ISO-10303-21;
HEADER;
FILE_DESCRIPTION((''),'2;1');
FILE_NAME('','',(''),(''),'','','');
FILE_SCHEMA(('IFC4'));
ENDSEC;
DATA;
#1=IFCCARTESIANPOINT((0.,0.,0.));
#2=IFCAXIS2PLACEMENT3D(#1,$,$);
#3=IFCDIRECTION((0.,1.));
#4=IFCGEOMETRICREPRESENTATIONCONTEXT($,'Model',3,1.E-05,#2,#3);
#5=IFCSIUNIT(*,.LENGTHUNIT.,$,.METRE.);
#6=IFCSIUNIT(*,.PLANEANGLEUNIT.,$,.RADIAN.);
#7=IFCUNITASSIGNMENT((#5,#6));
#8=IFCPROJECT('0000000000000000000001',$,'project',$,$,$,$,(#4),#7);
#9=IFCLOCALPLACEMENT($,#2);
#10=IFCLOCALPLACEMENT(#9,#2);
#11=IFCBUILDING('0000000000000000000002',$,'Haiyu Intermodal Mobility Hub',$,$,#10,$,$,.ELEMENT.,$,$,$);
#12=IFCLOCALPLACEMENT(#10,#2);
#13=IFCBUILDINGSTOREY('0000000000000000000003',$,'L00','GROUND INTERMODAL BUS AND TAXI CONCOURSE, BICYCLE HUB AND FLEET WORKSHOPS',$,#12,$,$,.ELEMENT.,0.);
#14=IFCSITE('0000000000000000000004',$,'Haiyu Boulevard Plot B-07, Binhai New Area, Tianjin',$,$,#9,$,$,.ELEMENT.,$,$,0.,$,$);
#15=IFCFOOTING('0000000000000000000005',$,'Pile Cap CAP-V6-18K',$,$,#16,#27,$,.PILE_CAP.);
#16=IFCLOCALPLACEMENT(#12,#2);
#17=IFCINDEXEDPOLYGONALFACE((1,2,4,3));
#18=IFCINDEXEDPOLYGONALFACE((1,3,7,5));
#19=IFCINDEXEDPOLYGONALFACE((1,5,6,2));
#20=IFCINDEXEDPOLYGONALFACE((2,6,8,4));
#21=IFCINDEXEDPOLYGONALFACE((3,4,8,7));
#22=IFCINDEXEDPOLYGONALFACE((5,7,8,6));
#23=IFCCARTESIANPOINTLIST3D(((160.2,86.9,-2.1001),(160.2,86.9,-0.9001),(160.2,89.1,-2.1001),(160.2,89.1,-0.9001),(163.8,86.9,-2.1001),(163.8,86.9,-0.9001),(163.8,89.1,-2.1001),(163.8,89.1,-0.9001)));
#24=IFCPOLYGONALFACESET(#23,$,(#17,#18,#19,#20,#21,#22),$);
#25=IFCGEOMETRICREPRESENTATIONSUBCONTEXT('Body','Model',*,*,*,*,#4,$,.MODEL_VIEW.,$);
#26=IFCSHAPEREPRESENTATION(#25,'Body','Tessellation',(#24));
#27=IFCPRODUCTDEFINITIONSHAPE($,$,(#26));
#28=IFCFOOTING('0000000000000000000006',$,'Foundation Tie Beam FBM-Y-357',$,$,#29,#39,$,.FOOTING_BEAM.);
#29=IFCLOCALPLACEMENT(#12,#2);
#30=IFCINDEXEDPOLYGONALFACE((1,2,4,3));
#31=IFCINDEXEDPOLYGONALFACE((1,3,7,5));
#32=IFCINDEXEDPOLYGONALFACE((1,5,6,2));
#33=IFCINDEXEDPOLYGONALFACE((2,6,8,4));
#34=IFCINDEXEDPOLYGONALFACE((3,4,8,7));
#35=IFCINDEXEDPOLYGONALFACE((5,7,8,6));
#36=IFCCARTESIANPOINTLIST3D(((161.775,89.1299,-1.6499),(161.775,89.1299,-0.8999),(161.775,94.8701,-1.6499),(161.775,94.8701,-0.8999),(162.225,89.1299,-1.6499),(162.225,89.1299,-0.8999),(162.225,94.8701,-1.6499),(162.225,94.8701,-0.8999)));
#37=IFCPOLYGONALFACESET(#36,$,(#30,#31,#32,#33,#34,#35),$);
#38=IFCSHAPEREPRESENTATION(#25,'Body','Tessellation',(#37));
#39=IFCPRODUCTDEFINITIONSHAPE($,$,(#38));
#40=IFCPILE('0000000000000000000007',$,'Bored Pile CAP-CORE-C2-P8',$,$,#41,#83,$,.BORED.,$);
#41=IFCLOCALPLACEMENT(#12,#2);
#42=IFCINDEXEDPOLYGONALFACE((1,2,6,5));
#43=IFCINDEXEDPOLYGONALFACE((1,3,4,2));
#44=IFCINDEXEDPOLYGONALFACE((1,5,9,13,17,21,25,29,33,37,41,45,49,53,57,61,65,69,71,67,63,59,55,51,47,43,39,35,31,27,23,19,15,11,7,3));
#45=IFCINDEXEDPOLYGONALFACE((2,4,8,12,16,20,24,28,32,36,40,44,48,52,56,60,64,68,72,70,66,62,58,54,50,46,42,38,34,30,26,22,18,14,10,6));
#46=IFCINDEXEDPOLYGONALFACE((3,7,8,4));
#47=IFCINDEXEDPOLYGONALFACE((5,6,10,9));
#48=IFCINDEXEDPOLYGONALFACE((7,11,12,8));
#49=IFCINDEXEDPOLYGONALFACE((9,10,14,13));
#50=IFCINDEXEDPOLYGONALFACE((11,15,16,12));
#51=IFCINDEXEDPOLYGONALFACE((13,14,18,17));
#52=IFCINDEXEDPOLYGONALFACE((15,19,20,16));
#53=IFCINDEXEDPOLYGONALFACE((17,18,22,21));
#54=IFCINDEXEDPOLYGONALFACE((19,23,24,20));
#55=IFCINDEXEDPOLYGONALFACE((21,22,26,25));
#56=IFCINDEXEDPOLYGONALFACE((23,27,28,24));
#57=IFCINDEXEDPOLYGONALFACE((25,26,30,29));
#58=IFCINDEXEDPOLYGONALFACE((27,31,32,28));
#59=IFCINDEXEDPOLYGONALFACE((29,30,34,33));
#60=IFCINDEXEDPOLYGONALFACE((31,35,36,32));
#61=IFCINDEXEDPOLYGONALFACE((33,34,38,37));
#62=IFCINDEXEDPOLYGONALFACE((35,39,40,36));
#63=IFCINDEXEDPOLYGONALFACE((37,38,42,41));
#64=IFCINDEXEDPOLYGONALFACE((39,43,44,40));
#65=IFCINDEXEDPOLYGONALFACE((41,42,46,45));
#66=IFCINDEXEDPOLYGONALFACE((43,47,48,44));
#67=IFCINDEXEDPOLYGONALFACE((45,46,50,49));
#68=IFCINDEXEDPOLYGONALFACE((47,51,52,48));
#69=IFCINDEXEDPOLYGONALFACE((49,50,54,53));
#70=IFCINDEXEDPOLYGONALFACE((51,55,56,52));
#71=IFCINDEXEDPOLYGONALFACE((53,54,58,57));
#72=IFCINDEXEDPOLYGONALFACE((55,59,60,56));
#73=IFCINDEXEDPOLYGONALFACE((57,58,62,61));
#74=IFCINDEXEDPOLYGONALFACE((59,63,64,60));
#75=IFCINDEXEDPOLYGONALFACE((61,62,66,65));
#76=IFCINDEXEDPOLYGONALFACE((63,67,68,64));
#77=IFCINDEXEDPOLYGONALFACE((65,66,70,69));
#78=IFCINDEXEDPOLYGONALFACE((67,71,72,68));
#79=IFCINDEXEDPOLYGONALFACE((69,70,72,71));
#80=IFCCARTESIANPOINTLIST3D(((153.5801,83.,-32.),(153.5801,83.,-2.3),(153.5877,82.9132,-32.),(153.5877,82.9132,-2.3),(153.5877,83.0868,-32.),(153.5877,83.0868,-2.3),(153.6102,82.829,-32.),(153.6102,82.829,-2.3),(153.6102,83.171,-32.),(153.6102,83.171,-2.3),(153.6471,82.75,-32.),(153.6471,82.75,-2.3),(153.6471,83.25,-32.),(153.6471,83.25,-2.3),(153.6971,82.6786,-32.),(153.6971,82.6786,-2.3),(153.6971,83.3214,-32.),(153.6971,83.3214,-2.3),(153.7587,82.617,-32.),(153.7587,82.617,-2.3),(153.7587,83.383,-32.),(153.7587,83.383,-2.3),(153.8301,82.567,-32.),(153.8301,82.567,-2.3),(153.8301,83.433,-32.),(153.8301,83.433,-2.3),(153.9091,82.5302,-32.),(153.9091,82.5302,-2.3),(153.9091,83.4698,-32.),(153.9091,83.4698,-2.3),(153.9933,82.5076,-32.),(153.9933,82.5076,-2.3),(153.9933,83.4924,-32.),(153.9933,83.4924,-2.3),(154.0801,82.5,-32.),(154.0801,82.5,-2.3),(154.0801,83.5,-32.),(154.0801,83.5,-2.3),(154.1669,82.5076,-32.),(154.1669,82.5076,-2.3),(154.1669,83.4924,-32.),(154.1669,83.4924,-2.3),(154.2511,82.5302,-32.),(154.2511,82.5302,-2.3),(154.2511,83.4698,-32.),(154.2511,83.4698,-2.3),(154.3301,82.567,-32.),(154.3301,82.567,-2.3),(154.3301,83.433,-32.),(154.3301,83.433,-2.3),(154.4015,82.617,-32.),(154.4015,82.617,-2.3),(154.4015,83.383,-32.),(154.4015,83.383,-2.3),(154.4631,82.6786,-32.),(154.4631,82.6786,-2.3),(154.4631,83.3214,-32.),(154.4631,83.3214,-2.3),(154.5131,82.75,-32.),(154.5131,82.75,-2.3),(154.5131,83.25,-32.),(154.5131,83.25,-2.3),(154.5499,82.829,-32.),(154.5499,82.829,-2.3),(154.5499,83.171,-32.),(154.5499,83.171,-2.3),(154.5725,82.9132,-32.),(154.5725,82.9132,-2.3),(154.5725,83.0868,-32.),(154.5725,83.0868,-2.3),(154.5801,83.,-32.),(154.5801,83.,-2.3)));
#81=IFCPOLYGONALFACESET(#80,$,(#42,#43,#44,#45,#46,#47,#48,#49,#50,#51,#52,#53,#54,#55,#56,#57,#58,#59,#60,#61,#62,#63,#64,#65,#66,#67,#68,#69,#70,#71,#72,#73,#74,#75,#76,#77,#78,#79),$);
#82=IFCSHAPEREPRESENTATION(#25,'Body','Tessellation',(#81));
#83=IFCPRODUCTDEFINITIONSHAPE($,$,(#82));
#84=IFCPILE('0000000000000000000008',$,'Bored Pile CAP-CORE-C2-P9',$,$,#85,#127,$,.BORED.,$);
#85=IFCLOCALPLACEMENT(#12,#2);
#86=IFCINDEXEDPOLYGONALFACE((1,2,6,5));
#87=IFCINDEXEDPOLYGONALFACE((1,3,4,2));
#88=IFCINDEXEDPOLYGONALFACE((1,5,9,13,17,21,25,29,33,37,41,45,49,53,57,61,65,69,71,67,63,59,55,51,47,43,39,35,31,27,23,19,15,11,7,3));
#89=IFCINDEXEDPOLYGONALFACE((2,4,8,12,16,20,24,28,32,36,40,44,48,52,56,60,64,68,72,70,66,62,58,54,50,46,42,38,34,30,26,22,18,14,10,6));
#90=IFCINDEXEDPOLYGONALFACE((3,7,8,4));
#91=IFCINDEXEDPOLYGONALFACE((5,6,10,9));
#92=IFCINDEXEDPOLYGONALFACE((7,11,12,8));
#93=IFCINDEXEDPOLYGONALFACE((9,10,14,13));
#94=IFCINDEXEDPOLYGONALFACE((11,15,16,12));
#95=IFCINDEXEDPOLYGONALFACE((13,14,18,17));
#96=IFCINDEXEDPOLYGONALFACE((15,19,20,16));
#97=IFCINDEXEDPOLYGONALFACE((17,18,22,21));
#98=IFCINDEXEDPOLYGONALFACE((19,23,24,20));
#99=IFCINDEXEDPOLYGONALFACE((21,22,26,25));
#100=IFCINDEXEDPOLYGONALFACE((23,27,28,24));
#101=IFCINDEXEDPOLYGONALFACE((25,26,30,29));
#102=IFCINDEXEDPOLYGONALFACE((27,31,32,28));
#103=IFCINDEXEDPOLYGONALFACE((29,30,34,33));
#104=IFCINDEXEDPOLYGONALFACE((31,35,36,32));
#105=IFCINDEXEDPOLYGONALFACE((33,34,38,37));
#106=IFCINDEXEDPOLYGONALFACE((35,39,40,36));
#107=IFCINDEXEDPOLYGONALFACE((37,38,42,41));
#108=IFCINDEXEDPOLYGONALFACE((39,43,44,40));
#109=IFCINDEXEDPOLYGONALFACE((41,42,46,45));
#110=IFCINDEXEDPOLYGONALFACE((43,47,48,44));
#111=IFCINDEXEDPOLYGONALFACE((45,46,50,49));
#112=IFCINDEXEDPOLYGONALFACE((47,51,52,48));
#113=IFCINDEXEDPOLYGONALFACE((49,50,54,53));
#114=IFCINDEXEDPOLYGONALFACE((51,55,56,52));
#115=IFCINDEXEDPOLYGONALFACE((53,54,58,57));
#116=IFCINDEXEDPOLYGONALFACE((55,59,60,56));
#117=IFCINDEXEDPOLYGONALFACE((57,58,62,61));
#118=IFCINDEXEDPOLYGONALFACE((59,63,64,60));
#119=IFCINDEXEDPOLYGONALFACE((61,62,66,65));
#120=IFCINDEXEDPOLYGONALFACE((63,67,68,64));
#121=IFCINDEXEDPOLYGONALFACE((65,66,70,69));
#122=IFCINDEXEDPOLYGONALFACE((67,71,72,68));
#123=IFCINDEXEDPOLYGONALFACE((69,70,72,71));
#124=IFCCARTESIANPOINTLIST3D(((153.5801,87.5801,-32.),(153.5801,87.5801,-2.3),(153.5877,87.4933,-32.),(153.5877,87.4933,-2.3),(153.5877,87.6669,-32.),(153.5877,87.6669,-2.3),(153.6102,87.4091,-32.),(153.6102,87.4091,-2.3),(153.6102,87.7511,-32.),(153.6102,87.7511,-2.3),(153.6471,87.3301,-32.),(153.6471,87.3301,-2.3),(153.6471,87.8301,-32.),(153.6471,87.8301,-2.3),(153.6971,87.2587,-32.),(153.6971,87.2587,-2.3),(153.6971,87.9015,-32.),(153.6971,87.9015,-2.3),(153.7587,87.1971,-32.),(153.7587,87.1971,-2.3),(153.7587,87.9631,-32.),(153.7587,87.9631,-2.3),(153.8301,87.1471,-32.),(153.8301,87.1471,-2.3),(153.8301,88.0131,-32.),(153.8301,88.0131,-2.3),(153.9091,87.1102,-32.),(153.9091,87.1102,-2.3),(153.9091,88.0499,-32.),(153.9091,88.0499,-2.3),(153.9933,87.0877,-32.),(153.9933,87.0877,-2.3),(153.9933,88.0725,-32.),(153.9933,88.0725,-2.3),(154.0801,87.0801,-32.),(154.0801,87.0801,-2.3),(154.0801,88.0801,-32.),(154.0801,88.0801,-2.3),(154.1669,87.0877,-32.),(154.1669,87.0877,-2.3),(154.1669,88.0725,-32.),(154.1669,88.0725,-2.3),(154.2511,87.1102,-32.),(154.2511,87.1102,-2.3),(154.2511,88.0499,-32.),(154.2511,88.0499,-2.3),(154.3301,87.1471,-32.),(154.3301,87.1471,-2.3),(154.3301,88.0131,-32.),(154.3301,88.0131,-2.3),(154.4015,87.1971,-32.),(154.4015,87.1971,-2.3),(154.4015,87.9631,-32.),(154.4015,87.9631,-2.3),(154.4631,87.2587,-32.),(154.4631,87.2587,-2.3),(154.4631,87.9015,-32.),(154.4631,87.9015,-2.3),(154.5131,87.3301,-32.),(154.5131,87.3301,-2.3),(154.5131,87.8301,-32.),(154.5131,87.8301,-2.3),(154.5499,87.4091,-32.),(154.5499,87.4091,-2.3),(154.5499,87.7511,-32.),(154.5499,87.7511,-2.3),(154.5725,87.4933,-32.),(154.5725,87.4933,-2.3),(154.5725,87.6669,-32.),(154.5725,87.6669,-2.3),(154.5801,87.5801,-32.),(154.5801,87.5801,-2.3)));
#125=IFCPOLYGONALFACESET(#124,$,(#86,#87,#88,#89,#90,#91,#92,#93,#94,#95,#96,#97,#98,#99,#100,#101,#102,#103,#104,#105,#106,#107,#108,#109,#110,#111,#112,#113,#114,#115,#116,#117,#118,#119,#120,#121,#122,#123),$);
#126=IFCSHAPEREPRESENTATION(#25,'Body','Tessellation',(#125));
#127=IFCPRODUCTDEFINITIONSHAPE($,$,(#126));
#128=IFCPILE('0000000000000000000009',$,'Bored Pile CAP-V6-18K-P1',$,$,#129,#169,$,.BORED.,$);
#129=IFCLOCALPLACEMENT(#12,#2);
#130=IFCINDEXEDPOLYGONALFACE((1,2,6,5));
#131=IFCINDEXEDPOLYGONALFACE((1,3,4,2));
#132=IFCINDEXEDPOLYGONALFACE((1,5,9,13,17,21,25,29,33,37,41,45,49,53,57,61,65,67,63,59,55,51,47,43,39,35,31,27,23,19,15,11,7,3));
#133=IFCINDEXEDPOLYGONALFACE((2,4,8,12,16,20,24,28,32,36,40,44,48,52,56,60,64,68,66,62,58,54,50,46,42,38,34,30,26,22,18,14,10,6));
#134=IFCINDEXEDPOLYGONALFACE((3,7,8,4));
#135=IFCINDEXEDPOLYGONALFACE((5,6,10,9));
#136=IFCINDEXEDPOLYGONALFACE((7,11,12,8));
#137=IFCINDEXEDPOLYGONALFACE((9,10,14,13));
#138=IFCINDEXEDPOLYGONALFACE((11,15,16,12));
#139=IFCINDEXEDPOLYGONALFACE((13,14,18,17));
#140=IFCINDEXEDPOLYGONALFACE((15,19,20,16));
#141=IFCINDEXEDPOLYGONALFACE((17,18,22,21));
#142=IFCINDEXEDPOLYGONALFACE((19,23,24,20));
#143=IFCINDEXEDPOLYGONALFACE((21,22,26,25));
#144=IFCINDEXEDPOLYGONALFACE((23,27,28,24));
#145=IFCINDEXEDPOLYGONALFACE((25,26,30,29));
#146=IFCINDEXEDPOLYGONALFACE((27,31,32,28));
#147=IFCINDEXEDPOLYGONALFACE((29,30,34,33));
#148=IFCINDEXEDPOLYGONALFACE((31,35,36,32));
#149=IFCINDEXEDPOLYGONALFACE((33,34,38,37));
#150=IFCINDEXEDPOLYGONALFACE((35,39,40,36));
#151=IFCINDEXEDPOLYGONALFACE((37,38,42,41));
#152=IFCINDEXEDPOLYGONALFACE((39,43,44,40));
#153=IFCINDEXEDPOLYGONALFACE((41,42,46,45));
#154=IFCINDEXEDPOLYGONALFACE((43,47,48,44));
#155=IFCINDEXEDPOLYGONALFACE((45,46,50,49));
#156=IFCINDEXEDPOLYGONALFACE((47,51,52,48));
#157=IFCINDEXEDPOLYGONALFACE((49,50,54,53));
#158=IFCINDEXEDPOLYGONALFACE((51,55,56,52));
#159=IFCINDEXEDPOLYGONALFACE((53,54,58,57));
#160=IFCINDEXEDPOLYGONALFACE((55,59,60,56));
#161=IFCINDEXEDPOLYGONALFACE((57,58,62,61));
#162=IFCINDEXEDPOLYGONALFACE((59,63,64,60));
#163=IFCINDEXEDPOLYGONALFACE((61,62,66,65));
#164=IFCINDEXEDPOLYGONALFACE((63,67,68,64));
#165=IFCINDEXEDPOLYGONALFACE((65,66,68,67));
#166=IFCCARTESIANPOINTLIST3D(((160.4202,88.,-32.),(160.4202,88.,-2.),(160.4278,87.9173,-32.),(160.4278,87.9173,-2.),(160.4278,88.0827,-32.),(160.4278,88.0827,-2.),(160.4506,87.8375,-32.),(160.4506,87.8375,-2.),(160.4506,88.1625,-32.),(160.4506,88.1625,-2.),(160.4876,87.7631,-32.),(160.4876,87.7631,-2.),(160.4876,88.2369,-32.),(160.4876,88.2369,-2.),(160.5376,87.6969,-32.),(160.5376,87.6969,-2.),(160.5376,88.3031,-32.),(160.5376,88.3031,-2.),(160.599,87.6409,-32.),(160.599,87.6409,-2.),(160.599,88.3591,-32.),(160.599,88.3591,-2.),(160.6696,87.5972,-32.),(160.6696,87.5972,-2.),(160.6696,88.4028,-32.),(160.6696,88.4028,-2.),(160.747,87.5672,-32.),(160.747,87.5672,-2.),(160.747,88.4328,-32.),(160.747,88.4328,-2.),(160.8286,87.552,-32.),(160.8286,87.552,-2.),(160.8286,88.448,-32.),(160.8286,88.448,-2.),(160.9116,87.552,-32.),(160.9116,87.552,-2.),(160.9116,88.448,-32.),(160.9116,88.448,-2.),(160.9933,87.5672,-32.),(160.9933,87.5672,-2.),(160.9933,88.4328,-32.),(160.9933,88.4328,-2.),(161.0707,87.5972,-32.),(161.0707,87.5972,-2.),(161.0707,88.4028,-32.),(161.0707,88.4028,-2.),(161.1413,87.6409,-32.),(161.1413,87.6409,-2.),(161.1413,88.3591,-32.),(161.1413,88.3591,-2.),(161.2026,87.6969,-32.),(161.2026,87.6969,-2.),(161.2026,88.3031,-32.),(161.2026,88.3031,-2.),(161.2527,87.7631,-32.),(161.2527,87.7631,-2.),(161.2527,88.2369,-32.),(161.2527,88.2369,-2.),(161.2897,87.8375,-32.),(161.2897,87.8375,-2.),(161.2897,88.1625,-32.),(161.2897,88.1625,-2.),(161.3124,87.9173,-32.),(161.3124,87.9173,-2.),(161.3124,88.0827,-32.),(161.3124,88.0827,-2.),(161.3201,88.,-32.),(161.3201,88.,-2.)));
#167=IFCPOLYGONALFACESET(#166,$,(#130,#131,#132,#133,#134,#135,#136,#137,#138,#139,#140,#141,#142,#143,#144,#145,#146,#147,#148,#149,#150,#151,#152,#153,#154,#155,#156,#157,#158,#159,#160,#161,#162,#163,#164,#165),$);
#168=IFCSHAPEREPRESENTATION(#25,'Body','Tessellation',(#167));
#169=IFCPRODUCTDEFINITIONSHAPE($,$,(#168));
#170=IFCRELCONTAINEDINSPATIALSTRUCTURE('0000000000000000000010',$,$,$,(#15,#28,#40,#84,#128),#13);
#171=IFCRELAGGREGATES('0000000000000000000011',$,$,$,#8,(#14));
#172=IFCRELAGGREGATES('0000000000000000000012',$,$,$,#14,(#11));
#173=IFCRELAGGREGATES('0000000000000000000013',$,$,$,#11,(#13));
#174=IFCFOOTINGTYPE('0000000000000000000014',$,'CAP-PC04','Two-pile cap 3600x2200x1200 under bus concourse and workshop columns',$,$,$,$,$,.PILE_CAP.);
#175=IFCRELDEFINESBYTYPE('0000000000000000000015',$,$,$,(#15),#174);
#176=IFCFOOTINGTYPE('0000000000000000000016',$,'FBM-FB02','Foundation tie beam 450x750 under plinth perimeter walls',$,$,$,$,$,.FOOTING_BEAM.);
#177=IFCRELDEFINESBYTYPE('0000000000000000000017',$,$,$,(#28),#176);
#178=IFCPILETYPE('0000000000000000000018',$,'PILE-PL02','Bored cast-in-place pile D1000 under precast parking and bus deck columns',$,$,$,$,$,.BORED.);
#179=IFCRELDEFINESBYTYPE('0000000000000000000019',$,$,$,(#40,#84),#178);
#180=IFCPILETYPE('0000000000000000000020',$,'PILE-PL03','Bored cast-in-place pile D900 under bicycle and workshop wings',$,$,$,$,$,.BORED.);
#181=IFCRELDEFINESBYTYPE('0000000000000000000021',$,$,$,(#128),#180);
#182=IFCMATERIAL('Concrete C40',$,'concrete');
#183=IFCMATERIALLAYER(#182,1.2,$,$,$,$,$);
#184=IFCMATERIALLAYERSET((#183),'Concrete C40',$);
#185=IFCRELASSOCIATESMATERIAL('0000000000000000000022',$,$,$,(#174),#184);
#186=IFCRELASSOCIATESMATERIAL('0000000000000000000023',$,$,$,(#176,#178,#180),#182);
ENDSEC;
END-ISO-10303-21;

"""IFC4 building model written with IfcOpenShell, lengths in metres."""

from ifc_helpers import new_model, si_unit, direction, frame, origin, origin_2d, place, context, subcontext, project, spatial, rectangle, circle, extrude, material, layer, layer_set, material_profile, profile_set, type_object, element, save


model = new_model("IFC4")

# Units and contexts
model_context = context("Model", 3, precision=1e-05, world=origin(), true_north=direction((0.0, 1.0)))
body_context = subcontext(model_context, "Body", "Model", "MODEL_VIEW")
ifc_project = project(units=[si_unit("LENGTHUNIT", "METRE"), si_unit("PLANEANGLEUNIT", "RADIAN")], contexts=[model_context])

# Site, building, storey
site_placement = place(None, origin())
site = spatial("IfcSite", under=ifc_project, at=site_placement, Name="Haiyu Boulevard Plot B-07, Binhai New Area, Tianjin", CompositionType="ELEMENT", RefElevation=0.0)
building_placement = place(site_placement, origin())
building = spatial("IfcBuilding", under=site, at=building_placement, Name="Haiyu Intermodal Mobility Hub", CompositionType="ELEMENT")
storey_placement = place(building_placement, origin())
storey = spatial("IfcBuildingStorey", under=building, at=storey_placement, Name="L00", Description="GROUND INTERMODAL BUS AND TAXI CONCOURSE, BICYCLE HUB AND FLEET WORKSHOPS", CompositionType="ELEMENT", Elevation=0.0)

# Footings
ifc_material_1 = material(Name="Concrete C40", Category="concrete")
ifc_layer_1 = layer(ifc_material_1, 1.2)
ifc_layer_set_1 = layer_set([ifc_layer_1], Name="Concrete C40")
footing_type_1 = type_object("IfcFootingType", Name="CAP-PC04", Description="Two-pile cap 3600x2200x1200 under bus concourse and workshop columns", PredefinedType="PILE_CAP", material=ifc_layer_set_1)
footing_1_placement = place(storey_placement, frame((162.0, 88.0, -2.1001), z_axis=(0.0, 0.0, 1.0), x_axis=(1.0, 0.0, 0.0)))
element("IfcFooting", 1, at=footing_1_placement, inside=storey, type_object=footing_type_1, Name="Pile Cap CAP-V6-18K", PredefinedType="PILE_CAP", context=body_context, shape_type="SweptSolid", body=[
    extrude(rectangle(XDim=3.6001, YDim=2.2, at=origin_2d()), origin(), (0.0, 0.0, 1.0), 1.2),
])
ifc_material_profile_1 = material_profile(ifc_material_1, rectangle(XDim=0.45, YDim=0.75, at=origin_2d()), Name="FB450x750")
ifc_profile_set_1 = profile_set([ifc_material_profile_1], Name="Concrete C40")
footing_type_2 = type_object("IfcFootingType", Name="FBM-FB02", Description="Foundation tie beam 450x750 under plinth perimeter walls", PredefinedType="FOOTING_BEAM", material=ifc_profile_set_1)
footing_2_placement = place(storey_placement, frame((162.0, 89.1299, -1.2749), z_axis=(0.0, 1.0, 0.0), x_axis=(-1.0, 0.0, 0.0)))
element("IfcFooting", 2, at=footing_2_placement, inside=storey, type_object=footing_type_2, Name="Foundation Tie Beam FBM-Y-357", PredefinedType="FOOTING_BEAM", context=body_context, shape_type="SweptSolid", body=[
    extrude(rectangle(XDim=0.45, YDim=0.75, at=origin_2d()), origin(), (0.0, 0.0, 1.0), 5.7402),
])

# Piles
ifc_material_profile_2 = material_profile(ifc_material_1, circle(Radius=0.5, at=origin_2d()), Name="PILE-D1000")
ifc_profile_set_2 = profile_set([ifc_material_profile_2], Name="Concrete C40")
pile_type_1 = type_object("IfcPileType", Name="PILE-PL02", Description="Bored cast-in-place pile D1000 under precast parking and bus deck columns", PredefinedType="BORED", material=ifc_profile_set_2)
for number, where, z_axis, x_axis, name in (
    (3, (154.0801, 83.0, -2.3), (0.0, 0.0, -1.0), (1.0, 0.0, 0.0), "Bored Pile CAP-CORE-C2-P8"),
    (4, (154.0801, 87.5801, -2.3), (0.0, 0.0, -1.0), (1.0, 0.0, 0.0), "Bored Pile CAP-CORE-C2-P9"),
):
    element("IfcPile", number, at=place(storey_placement, frame(where, z_axis=z_axis, x_axis=x_axis)), inside=storey, type_object=pile_type_1, Name=name, PredefinedType="BORED", context=body_context, shape_type="SweptSolid", body=[
        extrude(circle(Radius=0.5, at=origin_2d()), origin(), (0.0, 0.0, 1.0), 29.7),
    ])
ifc_material_profile_3 = material_profile(ifc_material_1, circle(Radius=0.45, at=origin_2d()), Name="PILE-D900")
ifc_profile_set_3 = profile_set([ifc_material_profile_3], Name="Concrete C40")
pile_type_2 = type_object("IfcPileType", Name="PILE-PL03", Description="Bored cast-in-place pile D900 under bicycle and workshop wings", PredefinedType="BORED", material=ifc_profile_set_3)
for number, where, z_axis, x_axis, name in (
    (5, (160.8701, 88.0, -2.0), (0.0, 0.0, -1.0), (1.0, 0.0, 0.0), "Bored Pile CAP-V6-18K-P1"),
):
    element("IfcPile", number, at=place(storey_placement, frame(where, z_axis=z_axis, x_axis=x_axis)), inside=storey, type_object=pile_type_2, Name=name, PredefinedType="BORED", context=body_context, shape_type="SweptSolid", body=[
        extrude(circle(Radius=0.45, at=origin_2d()), origin(), (0.0, 0.0, 1.0), 30.0),
    ])

save(model, "model.ifc")
